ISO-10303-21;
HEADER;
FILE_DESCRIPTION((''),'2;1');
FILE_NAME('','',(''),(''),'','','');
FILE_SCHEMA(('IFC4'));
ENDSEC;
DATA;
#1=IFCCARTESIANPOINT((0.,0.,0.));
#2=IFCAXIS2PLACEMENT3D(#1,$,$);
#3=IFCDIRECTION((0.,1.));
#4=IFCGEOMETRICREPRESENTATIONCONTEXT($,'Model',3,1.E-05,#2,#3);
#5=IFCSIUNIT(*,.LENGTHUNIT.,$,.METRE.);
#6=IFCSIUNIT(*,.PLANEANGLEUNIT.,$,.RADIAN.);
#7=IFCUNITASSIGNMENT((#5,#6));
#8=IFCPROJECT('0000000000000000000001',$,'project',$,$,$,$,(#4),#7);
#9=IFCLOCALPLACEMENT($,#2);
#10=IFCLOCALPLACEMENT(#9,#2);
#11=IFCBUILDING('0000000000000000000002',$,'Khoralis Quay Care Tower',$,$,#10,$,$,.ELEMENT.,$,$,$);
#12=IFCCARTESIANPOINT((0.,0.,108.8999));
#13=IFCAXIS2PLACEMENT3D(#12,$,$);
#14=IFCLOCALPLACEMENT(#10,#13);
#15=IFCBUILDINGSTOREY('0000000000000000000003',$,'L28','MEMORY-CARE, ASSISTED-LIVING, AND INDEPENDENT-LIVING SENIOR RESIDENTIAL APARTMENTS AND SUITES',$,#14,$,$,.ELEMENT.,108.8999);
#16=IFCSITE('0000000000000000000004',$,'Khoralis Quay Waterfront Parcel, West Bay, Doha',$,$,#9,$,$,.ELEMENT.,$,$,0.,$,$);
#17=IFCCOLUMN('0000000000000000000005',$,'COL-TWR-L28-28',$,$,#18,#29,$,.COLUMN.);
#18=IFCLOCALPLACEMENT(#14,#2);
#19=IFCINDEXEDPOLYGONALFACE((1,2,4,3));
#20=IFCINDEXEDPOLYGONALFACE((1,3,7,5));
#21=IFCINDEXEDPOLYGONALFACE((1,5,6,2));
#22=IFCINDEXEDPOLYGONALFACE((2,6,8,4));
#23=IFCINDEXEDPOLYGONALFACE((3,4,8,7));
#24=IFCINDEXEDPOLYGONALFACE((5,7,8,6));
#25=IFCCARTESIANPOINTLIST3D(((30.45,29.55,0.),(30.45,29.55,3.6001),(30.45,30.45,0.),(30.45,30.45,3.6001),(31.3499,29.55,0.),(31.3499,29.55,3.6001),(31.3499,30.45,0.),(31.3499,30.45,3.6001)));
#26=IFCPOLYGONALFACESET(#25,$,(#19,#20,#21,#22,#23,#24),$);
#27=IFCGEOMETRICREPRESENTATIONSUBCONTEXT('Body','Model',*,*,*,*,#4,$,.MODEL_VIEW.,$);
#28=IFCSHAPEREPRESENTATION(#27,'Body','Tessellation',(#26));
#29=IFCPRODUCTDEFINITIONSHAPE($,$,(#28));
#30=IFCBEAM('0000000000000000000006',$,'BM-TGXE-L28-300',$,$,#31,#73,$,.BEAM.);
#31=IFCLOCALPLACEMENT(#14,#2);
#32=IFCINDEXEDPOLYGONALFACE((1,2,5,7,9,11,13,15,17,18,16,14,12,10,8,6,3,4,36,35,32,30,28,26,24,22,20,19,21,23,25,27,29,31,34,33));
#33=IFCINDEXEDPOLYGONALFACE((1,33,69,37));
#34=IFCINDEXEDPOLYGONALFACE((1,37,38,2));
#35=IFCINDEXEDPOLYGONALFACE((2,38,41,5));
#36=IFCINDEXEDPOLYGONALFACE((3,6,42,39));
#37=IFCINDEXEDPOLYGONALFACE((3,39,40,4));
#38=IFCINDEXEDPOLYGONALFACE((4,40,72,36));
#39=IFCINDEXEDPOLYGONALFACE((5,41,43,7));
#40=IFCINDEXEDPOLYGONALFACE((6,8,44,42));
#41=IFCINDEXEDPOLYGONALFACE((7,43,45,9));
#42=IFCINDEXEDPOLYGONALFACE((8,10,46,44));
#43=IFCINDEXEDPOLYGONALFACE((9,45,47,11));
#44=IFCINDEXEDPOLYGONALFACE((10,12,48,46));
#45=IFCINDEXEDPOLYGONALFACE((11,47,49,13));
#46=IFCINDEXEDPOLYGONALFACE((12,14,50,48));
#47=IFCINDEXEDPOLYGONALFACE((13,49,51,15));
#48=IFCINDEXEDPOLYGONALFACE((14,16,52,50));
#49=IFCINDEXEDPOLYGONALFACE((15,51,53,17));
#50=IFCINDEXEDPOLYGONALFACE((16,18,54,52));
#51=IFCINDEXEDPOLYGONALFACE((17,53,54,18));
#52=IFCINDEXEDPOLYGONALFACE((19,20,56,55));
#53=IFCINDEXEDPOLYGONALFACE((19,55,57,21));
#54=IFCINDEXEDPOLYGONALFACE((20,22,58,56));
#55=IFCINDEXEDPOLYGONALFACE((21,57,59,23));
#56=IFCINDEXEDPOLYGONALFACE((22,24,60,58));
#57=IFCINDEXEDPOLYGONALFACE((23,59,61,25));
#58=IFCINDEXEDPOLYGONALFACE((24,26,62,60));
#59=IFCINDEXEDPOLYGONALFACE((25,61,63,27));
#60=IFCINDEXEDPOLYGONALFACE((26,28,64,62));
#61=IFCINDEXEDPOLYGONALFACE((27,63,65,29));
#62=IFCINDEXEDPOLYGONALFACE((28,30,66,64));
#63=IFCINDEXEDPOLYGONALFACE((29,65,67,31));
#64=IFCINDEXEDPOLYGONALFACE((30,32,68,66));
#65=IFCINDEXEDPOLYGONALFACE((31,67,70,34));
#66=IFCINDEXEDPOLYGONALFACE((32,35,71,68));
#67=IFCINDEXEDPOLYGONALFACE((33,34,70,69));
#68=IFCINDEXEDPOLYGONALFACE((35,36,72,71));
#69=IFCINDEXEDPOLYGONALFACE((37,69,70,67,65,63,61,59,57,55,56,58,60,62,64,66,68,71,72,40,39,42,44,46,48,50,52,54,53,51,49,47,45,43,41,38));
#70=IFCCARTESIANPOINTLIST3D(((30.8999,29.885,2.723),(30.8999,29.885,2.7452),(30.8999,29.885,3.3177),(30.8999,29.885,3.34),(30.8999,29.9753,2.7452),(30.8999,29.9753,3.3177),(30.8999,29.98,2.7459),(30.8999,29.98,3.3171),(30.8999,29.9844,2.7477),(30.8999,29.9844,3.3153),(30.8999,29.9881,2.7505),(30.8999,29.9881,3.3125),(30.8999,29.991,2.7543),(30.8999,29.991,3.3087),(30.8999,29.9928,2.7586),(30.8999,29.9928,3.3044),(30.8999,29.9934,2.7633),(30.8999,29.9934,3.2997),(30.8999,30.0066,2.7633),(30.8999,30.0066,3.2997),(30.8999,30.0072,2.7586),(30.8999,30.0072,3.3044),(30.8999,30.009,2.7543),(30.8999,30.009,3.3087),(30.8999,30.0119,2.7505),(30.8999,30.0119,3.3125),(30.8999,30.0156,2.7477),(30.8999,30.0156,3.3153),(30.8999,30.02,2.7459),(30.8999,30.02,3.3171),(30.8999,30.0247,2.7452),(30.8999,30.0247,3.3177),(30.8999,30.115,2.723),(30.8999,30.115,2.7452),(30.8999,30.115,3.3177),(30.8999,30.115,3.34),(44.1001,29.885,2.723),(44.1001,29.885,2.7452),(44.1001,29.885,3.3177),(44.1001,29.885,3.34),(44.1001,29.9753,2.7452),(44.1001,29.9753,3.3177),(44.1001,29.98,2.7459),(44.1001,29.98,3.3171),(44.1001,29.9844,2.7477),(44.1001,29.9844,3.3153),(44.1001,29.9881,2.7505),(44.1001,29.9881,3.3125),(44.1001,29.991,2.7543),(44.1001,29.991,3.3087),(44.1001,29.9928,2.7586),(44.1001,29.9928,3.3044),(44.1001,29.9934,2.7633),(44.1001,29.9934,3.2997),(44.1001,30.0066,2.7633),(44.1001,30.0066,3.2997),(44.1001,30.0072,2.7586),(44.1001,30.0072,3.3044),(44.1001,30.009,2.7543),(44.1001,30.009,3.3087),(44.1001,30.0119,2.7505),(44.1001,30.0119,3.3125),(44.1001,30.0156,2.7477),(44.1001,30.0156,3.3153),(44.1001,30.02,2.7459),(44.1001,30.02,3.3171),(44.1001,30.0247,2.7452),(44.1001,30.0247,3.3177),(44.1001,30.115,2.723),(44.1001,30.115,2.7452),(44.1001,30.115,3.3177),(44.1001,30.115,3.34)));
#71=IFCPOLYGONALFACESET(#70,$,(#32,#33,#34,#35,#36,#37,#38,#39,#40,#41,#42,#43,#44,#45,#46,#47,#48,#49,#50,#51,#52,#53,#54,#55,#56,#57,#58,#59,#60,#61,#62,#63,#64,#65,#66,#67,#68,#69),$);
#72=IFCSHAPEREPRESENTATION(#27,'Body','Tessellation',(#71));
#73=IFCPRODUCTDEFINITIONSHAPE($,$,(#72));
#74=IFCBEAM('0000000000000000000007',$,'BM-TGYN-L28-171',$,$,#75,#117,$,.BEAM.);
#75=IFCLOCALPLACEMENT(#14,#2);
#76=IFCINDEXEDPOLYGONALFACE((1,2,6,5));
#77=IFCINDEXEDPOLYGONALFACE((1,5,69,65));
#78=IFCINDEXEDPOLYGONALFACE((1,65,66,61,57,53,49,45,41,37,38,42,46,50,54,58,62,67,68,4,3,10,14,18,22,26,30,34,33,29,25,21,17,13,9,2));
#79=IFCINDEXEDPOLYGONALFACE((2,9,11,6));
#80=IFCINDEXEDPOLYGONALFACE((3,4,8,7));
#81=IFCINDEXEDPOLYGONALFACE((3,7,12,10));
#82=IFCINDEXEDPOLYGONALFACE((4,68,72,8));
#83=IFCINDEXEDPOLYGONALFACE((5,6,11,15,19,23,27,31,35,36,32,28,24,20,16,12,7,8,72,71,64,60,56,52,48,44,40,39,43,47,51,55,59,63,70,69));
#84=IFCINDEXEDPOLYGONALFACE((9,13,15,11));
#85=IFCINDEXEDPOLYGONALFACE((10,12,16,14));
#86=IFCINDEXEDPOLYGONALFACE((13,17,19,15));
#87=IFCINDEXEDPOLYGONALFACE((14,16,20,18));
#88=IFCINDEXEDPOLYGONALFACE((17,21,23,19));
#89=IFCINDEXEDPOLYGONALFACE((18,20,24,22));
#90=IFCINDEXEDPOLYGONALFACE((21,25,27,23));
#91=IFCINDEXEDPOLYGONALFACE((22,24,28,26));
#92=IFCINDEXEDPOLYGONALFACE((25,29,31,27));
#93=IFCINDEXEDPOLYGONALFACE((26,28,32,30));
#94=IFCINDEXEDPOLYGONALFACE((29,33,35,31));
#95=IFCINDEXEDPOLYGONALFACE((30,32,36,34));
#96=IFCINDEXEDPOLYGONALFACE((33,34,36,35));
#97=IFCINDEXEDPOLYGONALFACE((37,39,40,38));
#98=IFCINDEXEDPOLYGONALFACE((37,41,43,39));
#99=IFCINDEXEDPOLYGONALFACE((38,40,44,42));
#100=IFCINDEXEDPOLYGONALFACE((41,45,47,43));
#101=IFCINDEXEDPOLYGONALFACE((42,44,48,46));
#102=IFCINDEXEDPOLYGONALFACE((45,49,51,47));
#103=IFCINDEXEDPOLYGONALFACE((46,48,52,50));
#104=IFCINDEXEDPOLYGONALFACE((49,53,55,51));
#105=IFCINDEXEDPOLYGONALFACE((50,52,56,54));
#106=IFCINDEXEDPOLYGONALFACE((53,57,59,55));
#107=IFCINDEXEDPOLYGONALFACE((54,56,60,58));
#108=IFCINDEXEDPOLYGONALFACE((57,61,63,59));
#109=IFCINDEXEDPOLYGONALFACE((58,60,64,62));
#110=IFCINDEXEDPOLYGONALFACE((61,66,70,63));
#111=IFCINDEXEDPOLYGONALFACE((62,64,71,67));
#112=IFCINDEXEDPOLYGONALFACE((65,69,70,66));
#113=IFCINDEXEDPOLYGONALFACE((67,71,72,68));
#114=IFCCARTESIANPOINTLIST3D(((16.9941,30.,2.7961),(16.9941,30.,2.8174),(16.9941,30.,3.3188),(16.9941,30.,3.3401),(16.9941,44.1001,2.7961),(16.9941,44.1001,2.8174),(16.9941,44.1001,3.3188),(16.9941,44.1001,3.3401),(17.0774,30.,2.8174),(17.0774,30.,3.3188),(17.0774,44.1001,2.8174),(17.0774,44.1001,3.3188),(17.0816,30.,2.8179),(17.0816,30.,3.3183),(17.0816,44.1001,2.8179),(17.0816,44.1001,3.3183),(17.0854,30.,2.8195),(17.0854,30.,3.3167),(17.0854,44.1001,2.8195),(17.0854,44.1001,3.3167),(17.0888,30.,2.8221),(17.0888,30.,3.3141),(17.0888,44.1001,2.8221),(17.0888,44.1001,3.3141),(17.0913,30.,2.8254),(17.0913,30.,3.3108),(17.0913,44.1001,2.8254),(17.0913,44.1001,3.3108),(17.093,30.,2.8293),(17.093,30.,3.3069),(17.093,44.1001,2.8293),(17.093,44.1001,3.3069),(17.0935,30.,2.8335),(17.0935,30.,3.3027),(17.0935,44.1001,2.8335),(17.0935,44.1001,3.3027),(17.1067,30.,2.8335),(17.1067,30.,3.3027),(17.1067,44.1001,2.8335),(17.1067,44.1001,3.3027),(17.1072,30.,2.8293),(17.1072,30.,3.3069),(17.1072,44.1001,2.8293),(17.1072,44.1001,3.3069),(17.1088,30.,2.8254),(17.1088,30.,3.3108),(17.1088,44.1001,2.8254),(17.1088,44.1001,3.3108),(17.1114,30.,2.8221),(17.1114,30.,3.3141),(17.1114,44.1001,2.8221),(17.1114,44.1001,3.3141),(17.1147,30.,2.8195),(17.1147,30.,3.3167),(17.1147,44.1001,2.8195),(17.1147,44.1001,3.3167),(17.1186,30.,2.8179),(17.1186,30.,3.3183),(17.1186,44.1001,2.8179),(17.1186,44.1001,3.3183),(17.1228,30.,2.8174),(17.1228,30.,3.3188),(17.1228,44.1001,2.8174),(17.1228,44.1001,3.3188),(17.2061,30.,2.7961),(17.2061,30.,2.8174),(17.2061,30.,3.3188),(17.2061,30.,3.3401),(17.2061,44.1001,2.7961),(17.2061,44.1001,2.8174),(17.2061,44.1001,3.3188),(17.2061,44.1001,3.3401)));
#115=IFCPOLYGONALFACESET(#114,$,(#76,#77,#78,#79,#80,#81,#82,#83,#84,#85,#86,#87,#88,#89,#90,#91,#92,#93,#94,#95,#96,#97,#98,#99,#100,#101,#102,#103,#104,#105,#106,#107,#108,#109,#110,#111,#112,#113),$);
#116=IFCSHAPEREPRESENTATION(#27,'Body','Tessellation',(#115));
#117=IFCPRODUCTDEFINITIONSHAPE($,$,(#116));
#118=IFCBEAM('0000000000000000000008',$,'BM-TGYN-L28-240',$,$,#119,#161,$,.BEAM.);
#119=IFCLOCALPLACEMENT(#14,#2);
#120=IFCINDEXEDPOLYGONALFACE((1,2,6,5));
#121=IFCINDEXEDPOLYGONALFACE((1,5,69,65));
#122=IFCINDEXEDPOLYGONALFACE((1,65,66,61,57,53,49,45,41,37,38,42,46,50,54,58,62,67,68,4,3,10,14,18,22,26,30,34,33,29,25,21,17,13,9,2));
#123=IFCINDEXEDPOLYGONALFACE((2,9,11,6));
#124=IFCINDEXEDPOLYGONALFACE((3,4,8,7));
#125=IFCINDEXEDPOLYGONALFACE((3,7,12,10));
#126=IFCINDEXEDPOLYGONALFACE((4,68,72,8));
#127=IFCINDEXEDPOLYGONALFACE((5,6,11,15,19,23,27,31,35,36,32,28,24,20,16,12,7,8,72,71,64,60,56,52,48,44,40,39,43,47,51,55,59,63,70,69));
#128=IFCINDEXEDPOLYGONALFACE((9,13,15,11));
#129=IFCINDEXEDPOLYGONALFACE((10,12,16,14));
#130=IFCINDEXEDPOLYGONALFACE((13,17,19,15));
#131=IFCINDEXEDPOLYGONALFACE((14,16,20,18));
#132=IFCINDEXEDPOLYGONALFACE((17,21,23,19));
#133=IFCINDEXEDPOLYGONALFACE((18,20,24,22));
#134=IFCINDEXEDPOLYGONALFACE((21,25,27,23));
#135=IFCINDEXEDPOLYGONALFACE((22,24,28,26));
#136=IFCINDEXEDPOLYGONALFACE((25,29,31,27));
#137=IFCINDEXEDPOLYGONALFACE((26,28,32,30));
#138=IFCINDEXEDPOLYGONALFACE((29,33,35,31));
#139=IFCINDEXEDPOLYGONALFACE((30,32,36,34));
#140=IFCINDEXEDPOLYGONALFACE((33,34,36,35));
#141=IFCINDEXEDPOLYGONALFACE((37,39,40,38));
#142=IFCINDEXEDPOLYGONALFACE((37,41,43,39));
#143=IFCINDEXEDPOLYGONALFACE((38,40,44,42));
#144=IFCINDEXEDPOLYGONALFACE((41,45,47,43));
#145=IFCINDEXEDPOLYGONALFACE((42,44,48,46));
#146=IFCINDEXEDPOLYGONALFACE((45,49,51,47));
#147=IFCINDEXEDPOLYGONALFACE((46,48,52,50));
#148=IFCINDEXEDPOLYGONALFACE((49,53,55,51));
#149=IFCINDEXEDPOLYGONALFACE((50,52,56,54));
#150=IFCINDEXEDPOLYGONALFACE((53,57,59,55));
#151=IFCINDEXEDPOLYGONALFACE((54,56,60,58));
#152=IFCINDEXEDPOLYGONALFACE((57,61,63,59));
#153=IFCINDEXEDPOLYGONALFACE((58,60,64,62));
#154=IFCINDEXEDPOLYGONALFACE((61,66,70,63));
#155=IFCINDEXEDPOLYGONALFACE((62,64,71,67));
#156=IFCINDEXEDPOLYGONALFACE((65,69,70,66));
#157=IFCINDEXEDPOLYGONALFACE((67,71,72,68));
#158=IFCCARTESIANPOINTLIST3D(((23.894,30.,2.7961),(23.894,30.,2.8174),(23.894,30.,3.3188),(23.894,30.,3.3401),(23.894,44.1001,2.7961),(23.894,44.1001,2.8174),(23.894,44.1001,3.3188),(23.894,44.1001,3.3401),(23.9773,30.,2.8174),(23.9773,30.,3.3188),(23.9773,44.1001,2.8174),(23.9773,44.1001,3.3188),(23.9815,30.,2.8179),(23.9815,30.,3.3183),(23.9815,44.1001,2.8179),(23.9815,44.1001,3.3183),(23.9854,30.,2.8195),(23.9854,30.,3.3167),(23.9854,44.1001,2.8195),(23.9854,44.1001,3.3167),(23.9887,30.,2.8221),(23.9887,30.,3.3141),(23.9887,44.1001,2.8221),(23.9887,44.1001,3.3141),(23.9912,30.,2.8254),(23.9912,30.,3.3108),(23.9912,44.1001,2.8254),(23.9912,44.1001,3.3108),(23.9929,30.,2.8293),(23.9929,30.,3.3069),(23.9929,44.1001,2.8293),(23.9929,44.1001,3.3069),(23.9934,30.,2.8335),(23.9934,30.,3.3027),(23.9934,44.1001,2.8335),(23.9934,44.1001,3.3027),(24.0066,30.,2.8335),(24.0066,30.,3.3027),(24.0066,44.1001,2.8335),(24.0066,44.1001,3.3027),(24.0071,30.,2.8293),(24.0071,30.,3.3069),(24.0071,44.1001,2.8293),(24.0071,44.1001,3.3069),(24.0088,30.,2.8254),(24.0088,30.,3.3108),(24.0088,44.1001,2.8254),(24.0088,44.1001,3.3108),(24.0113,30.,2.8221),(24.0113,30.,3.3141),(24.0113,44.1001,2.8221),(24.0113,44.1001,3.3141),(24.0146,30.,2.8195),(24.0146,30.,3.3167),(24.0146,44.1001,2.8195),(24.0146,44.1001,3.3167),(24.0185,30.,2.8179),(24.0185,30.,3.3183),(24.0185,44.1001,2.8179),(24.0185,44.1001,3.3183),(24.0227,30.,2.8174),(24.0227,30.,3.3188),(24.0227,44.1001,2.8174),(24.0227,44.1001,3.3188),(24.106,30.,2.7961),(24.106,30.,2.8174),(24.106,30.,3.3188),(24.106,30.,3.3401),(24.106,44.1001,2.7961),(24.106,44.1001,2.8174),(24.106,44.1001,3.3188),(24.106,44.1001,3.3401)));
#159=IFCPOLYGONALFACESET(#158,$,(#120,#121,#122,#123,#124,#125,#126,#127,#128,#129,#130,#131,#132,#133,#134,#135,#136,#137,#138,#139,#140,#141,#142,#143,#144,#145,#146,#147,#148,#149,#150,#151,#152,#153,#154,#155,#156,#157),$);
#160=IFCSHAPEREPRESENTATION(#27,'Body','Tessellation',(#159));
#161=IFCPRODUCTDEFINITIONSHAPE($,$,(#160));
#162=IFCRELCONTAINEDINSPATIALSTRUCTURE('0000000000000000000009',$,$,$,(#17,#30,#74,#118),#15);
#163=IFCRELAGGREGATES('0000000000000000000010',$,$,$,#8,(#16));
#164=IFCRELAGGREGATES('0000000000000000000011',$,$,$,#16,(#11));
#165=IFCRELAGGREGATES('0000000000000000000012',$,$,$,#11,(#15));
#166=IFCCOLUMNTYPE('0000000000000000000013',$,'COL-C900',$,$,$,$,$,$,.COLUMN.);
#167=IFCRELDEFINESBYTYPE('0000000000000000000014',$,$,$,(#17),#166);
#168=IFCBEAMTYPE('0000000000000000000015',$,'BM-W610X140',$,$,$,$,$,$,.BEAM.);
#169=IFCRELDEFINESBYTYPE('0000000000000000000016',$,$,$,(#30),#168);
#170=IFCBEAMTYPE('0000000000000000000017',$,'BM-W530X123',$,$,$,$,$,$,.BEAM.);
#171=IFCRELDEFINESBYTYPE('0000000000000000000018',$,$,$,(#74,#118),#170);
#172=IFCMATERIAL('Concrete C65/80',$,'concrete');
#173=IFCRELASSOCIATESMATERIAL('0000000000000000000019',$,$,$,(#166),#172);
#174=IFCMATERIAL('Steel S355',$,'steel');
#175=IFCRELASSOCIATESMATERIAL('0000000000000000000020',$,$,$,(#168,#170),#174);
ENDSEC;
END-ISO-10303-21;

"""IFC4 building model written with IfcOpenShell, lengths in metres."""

from ifc_helpers import new_model, si_unit, direction, frame, origin, origin_2d, place, context, subcontext, project, spatial, rectangle, i_section, extrude, source, transform, mapped, material, material_profile, profile_set, type_object, element, save


model = new_model("IFC4")

# Units and contexts
model_context = context("Model", 3, precision=1e-05, world=origin(), true_north=direction((0.0, 1.0)))
body_context = subcontext(model_context, "Body", "Model", "MODEL_VIEW")
ifc_project = project(units=[si_unit("LENGTHUNIT", "METRE"), si_unit("PLANEANGLEUNIT", "RADIAN")], contexts=[model_context])

# Site, building, storey
site_placement = place(None, origin())
site = spatial("IfcSite", under=ifc_project, at=site_placement, Name="Khoralis Quay Waterfront Parcel, West Bay, Doha", CompositionType="ELEMENT", RefElevation=0.0)
building_placement = place(site_placement, origin())
building = spatial("IfcBuilding", under=site, at=building_placement, Name="Khoralis Quay Care Tower", CompositionType="ELEMENT")
storey_placement = place(building_placement, frame((0.0, 0.0, 108.8999)))
storey = spatial("IfcBuildingStorey", under=building, at=storey_placement, Name="L28", Description="MEMORY-CARE, ASSISTED-LIVING, AND INDEPENDENT-LIVING SENIOR RESIDENTIAL APARTMENTS AND SUITES", CompositionType="ELEMENT", Elevation=108.8999)

# Column
ifc_material_1 = material(Name="Concrete C65/80", Category="concrete")
ifc_material_profile_1 = material_profile(ifc_material_1, rectangle(XDim=0.8999, YDim=0.8999, at=origin_2d()), Name="Concrete C65/80")
ifc_profile_set_1 = profile_set([ifc_material_profile_1], Name="Concrete C65/80")
column_type = type_object("IfcColumnType", Name="COL-C900", PredefinedType="COLUMN", material=ifc_profile_set_1)
shared_shape_1 = source(origin(), body_context, "Body", "SweptSolid", [
    extrude(rectangle(XDim=0.8999, YDim=0.8999, at=origin_2d()), origin(), (0.0, 0.0, 1.0), 3.6001),
])
column_placement = place(storey_placement, frame((30.8999, 30.0, 0.0), z_axis=(0.0, 0.0, 1.0), x_axis=(1.0, 0.0, 0.0)))
element("IfcColumn", 1, at=column_placement, inside=storey, type_object=column_type, Name="COL-TWR-L28-28", PredefinedType="COLUMN", context=body_context, shape_type="MappedRepresentation", body=[
    mapped(shared_shape_1, transform((0.0, 0.0, 0.0), scale=1.0)),
])

# Beams
ifc_material_2 = material(Name="Steel S355", Category="steel")
ifc_material_profile_2 = material_profile(ifc_material_2, i_section(OverallWidth=0.23, OverallDepth=0.6169, WebThickness=0.0132, FlangeThickness=0.0222, FilletRadius=0.0181, at=origin_2d()), Name="Steel S355")
ifc_profile_set_2 = profile_set([ifc_material_profile_2], Name="Steel S355")
beam_type_1 = type_object("IfcBeamType", Name="BM-W610X140", PredefinedType="BEAM", material=ifc_profile_set_2)
shared_shape_2 = source(origin(), body_context, "Body", "SweptSolid", [
    extrude(i_section(OverallWidth=0.23, OverallDepth=0.6169, WebThickness=0.0132, FlangeThickness=0.0222, FilletRadius=0.0181, at=origin_2d()), origin(), (0.0, 0.0, 1.0), 13.2002),
])
beam_1_placement = place(storey_placement, frame((30.8999, 30.0, 3.0315), z_axis=(1.0, 0.0, 0.0), x_axis=(0.0, 1.0, 0.0)))
element("IfcBeam", 2, at=beam_1_placement, inside=storey, type_object=beam_type_1, Name="BM-TGXE-L28-300", PredefinedType="BEAM", context=body_context, shape_type="MappedRepresentation", body=[
    mapped(shared_shape_2, transform((0.0, 0.0, 0.0), scale=1.0)),
])
ifc_material_profile_3 = material_profile(ifc_material_2, i_section(OverallWidth=0.2119, OverallDepth=0.5439, WebThickness=0.0132, FlangeThickness=0.0212, FilletRadius=0.0161, at=origin_2d()), Name="Steel S355")
ifc_profile_set_3 = profile_set([ifc_material_profile_3], Name="Steel S355")
beam_type_2 = type_object("IfcBeamType", Name="BM-W530X123", PredefinedType="BEAM", material=ifc_profile_set_3)
shared_shape_3 = source(origin(), body_context, "Body", "SweptSolid", [
    extrude(i_section(OverallWidth=0.2119, OverallDepth=0.5439, WebThickness=0.0132, FlangeThickness=0.0212, FilletRadius=0.0161, at=origin_2d()), origin(), (0.0, 0.0, 1.0), 14.1001),
])
for number, where, z_axis, x_axis, name in (
    (3, (17.1001, 30.0, 3.0681), (0.0, 1.0, 0.0), (-1.0, 0.0, 0.0), "BM-TGYN-L28-171"),
    (4, (24.0, 30.0, 3.0681), (0.0, 1.0, 0.0), (-1.0, 0.0, 0.0), "BM-TGYN-L28-240"),
):
    element("IfcBeam", number, at=place(storey_placement, frame(where, z_axis=z_axis, x_axis=x_axis)), inside=storey, type_object=beam_type_2, Name=name, PredefinedType="BEAM", context=body_context, shape_type="MappedRepresentation", body=[
        mapped(shared_shape_3, transform((0.0, 0.0, 0.0), scale=1.0)),
    ])

save(model, "model.ifc")
